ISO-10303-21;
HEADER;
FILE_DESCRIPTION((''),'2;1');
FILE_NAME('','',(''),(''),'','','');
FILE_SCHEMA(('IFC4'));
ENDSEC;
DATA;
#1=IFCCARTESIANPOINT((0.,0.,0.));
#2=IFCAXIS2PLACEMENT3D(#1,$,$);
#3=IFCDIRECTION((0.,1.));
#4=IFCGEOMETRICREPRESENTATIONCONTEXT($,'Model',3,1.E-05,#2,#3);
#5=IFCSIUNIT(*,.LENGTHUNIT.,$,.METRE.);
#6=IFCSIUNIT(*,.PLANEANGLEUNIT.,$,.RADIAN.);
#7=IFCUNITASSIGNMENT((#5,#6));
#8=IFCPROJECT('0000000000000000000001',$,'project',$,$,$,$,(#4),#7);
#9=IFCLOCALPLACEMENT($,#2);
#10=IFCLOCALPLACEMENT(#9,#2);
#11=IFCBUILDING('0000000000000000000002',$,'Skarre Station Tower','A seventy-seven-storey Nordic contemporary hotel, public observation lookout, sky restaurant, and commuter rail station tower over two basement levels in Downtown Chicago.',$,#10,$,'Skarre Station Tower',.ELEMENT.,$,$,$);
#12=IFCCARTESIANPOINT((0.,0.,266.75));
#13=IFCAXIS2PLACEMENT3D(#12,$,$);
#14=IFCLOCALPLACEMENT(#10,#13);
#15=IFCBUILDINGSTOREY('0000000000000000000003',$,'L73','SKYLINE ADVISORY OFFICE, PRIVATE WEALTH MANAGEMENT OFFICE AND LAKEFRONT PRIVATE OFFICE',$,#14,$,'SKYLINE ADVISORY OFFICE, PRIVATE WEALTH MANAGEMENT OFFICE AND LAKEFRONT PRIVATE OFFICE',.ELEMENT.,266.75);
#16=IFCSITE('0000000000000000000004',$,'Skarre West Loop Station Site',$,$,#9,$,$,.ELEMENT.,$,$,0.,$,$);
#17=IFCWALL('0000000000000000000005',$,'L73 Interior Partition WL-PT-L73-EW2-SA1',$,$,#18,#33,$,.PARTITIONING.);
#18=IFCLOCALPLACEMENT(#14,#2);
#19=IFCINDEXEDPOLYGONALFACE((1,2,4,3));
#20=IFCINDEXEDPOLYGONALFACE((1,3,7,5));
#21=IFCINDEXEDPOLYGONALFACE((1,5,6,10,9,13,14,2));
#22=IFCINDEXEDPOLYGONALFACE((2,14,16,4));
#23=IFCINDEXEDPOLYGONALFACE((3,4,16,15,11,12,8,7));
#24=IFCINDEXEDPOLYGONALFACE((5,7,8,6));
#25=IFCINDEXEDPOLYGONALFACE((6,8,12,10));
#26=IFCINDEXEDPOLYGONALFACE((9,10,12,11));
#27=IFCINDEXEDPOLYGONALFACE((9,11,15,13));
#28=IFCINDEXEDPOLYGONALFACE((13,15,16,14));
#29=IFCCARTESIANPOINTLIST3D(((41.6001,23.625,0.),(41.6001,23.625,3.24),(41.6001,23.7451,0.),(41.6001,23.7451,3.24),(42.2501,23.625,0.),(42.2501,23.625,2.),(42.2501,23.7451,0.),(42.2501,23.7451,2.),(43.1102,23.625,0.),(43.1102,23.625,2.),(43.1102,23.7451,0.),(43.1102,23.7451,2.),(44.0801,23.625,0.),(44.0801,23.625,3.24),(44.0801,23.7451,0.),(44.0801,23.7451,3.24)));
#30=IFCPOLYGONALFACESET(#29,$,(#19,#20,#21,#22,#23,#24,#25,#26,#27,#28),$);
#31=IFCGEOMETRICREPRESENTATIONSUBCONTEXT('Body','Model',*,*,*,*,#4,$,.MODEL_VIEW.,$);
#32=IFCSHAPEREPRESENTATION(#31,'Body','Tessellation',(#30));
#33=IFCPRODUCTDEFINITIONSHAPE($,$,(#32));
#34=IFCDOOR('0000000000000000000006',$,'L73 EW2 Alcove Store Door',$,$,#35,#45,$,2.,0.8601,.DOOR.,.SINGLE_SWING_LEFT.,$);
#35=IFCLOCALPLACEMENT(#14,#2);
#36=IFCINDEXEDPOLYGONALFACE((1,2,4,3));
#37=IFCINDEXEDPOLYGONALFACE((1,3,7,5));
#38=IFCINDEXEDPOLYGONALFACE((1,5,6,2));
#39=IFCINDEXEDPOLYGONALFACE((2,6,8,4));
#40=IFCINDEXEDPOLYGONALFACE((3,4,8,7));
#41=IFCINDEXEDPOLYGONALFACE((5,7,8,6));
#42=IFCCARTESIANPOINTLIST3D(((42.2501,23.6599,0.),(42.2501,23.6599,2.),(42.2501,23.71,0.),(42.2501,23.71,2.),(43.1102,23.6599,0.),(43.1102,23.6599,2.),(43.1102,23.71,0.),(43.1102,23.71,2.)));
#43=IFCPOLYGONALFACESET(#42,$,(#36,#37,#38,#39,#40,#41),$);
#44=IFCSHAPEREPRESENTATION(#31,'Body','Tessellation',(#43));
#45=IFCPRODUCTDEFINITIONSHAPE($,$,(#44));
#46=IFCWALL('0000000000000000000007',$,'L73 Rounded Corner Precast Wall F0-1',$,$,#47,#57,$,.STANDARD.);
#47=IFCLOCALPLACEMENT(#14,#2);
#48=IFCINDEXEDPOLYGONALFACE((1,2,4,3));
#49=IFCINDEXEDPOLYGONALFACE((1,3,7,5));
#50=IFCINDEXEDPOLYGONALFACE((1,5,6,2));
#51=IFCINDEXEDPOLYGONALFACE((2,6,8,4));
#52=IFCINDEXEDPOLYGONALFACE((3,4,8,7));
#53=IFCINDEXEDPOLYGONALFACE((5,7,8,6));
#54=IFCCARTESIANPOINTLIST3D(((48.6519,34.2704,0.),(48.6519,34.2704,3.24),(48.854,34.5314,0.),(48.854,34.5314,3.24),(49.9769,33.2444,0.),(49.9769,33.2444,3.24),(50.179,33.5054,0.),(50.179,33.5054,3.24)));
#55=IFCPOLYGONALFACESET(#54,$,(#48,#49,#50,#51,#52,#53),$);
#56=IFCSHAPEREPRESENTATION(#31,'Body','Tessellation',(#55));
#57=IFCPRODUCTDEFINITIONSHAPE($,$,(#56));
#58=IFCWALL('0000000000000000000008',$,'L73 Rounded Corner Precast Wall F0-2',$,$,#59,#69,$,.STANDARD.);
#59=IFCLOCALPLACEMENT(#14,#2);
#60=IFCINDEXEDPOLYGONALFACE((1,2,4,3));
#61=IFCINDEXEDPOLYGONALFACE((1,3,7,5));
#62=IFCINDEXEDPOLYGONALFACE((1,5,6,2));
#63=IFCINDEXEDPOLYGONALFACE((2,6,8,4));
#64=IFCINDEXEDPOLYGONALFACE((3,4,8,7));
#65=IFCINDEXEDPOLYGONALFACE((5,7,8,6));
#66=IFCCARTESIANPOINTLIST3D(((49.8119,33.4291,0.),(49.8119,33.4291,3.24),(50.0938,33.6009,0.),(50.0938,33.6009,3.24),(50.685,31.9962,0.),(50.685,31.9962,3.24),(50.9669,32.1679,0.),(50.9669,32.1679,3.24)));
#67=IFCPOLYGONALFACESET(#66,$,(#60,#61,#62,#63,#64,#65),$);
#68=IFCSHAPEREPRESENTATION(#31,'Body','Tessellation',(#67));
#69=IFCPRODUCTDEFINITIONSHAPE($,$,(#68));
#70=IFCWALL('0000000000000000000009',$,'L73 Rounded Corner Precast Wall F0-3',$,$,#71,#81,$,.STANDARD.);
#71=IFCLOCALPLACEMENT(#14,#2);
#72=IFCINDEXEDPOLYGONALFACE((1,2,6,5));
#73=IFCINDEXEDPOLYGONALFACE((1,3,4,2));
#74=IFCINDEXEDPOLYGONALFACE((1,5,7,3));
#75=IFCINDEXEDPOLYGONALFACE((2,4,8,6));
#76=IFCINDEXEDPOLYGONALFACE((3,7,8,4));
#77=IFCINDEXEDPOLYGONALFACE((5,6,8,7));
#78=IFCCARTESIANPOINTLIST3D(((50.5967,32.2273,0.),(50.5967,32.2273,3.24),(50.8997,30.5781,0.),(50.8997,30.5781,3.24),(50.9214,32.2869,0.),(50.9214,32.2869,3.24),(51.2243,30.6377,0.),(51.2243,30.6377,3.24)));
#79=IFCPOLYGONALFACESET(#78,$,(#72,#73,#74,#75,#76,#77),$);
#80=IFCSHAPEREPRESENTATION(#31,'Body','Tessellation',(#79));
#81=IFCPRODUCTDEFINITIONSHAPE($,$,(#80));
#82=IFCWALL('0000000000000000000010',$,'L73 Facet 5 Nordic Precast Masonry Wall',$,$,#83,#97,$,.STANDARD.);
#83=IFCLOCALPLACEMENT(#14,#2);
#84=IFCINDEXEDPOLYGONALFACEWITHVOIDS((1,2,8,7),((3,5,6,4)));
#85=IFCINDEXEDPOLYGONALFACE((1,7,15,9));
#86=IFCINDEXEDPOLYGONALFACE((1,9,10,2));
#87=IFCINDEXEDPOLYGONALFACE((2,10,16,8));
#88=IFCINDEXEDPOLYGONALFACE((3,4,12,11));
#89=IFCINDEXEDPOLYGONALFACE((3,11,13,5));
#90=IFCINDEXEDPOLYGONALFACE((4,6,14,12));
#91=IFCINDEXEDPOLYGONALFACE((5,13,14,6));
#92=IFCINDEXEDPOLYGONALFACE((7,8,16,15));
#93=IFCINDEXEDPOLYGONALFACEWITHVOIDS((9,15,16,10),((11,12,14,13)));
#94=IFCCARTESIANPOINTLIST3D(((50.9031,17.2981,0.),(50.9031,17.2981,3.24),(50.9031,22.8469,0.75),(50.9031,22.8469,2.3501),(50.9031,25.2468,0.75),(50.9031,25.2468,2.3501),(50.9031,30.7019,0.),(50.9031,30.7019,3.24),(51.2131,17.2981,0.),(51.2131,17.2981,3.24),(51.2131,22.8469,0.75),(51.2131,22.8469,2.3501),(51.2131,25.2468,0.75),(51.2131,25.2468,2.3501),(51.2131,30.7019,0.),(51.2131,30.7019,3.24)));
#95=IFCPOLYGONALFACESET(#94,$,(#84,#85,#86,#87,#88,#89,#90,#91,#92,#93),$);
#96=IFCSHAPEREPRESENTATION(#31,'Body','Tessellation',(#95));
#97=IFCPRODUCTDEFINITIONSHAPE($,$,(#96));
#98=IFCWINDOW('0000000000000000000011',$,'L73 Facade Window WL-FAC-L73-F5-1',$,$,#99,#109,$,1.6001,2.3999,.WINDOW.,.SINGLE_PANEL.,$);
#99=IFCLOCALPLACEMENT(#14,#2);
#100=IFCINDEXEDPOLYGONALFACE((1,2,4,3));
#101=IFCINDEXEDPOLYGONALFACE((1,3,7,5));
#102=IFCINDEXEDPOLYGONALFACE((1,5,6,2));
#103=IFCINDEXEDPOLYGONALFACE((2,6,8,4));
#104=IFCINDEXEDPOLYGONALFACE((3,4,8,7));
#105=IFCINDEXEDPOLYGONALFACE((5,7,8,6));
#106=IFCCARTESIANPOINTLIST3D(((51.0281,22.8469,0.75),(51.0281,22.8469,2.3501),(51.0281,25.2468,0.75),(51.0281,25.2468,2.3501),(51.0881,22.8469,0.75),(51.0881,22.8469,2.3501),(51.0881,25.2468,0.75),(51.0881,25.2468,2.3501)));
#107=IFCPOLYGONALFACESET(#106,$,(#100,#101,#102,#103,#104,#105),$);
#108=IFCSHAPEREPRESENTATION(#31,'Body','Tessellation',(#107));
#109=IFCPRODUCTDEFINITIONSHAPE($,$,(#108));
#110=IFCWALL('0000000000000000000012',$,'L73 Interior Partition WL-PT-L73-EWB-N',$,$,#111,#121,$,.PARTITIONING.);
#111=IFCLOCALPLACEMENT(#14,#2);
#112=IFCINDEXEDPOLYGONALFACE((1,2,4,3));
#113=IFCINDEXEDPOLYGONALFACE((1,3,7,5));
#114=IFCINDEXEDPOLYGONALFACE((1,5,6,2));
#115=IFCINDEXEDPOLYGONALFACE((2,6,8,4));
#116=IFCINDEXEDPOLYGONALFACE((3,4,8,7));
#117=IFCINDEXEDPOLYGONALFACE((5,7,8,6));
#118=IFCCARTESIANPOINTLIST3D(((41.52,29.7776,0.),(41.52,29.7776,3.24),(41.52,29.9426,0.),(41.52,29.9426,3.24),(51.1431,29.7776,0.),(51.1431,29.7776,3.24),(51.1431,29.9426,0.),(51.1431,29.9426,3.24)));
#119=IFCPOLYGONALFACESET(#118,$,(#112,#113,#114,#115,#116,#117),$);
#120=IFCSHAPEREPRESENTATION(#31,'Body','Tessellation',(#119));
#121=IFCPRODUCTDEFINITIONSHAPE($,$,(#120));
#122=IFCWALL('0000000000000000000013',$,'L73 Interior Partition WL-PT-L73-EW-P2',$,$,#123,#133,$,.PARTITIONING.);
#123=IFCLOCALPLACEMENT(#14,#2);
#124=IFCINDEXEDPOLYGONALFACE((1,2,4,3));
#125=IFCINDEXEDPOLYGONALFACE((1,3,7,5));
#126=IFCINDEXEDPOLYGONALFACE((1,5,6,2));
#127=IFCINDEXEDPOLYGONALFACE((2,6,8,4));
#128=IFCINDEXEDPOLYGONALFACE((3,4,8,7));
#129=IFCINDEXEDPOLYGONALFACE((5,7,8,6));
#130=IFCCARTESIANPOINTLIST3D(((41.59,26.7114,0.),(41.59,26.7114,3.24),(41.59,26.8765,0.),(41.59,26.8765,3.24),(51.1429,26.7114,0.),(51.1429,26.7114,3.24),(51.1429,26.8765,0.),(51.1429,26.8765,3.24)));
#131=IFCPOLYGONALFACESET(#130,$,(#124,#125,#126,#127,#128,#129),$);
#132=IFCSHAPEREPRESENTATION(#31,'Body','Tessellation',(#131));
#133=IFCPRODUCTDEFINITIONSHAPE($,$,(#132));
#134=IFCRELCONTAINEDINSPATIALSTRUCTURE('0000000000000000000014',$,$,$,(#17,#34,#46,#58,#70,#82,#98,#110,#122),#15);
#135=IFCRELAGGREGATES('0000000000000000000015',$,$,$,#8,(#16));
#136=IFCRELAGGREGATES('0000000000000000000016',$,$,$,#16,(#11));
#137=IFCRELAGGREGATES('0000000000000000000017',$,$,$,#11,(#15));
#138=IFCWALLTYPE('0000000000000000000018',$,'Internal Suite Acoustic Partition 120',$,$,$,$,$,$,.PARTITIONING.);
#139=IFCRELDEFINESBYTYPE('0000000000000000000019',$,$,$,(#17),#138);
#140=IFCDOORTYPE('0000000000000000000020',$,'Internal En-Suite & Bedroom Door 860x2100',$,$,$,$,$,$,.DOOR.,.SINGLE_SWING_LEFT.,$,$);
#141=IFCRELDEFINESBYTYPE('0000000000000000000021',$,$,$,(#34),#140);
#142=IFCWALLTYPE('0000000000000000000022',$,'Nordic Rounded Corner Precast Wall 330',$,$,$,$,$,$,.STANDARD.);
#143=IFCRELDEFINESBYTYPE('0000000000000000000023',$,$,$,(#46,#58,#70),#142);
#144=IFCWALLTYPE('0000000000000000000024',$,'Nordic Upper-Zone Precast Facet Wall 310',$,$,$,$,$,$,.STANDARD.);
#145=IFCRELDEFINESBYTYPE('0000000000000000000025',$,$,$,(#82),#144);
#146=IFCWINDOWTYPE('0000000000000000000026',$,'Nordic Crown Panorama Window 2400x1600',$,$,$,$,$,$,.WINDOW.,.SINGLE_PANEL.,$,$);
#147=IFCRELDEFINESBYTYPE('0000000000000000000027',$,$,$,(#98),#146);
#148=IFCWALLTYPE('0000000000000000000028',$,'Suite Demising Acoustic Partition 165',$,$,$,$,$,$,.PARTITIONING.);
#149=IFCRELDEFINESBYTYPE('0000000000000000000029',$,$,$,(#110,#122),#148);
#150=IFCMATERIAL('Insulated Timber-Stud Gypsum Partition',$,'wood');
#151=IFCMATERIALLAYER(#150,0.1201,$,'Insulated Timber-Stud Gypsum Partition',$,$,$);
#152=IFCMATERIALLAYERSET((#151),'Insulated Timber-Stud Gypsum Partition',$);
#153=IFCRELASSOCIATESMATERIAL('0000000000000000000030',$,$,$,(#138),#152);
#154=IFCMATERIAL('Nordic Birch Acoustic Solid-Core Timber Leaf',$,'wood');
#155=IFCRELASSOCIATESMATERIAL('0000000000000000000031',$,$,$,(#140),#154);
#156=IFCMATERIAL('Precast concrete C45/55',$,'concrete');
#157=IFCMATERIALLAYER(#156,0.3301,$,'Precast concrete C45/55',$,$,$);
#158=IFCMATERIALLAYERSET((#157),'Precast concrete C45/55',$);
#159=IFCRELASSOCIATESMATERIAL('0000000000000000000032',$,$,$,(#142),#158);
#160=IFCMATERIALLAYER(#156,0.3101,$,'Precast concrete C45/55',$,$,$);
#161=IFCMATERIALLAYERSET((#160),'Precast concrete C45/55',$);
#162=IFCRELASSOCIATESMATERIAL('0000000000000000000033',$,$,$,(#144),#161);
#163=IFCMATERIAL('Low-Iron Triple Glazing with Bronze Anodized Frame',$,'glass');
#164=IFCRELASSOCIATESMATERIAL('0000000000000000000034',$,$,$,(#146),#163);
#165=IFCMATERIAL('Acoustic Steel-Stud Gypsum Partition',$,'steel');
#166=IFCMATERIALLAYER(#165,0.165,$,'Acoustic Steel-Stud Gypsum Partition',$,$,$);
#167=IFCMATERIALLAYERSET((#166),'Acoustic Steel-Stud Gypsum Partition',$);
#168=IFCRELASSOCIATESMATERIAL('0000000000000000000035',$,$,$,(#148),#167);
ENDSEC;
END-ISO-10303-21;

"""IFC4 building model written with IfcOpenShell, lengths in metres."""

from ifc_helpers import new_model, si_unit, direction, frame, frame_2d, origin, place, context, subcontext, project, spatial, rectangle, extrude, material, layer, layer_set, type_object, element, fill, save


model = new_model("IFC4")

# Units and contexts
model_context = context("Model", 3, precision=1e-05, world=origin(), true_north=direction((0.0, 1.0)))
body_context = subcontext(model_context, "Body", "Model", "MODEL_VIEW")
ifc_project = project(units=[si_unit("LENGTHUNIT", "METRE"), si_unit("PLANEANGLEUNIT", "RADIAN")], contexts=[model_context])

# Site, building, storey
site_placement = place(None, origin())
site = spatial("IfcSite", under=ifc_project, at=site_placement, Name="Skarre West Loop Station Site", CompositionType="ELEMENT", RefElevation=0.0)
building_placement = place(site_placement, origin())
building = spatial("IfcBuilding", under=site, at=building_placement, Name="Skarre Station Tower", Description="A seventy-seven-storey Nordic contemporary hotel, public observation lookout, sky restaurant, and commuter rail station tower over two basement levels in Downtown Chicago.", LongName="Skarre Station Tower", CompositionType="ELEMENT")
storey_placement = place(building_placement, frame((0.0, 0.0, 266.75)))
storey = spatial("IfcBuildingStorey", under=building, at=storey_placement, Name="L73", Description="SKYLINE ADVISORY OFFICE, PRIVATE WEALTH MANAGEMENT OFFICE AND LAKEFRONT PRIVATE OFFICE", LongName="SKYLINE ADVISORY OFFICE, PRIVATE WEALTH MANAGEMENT OFFICE AND LAKEFRONT PRIVATE OFFICE", CompositionType="ELEMENT", Elevation=266.75)

# Shared definitions
ifc_material_1 = material(Name="Acoustic Steel-Stud Gypsum Partition", Category="steel")

# Wall, opening, door
ifc_material_2 = material(Name="Insulated Timber-Stud Gypsum Partition", Category="wood")
ifc_layer_1 = layer(ifc_material_2, 0.1201, Name="Insulated Timber-Stud Gypsum Partition")
ifc_layer_set_1 = layer_set([ifc_layer_1], Name="Insulated Timber-Stud Gypsum Partition")
wall_type_1 = type_object("IfcWallType", Name="Internal Suite Acoustic Partition 120", PredefinedType="PARTITIONING", material=ifc_layer_set_1)
wall_1_placement = place(storey_placement, frame((41.6001, 23.6851, 0.0), z_axis=(0.0, 0.0, 1.0), x_axis=(1.0, 0.0, 0.0)))
wall_1 = element("IfcWall", 1, at=wall_1_placement, inside=storey, type_object=wall_type_1, Name="L73 Interior Partition WL-PT-L73-EW2-SA1", PredefinedType="PARTITIONING", context=body_context, shape_type="SweptSolid", body=[
    extrude(rectangle(XDim=2.48, YDim=0.1201, at=frame_2d((1.24, 0.0))), origin(), (0.0, 0.0, 1.0), 3.24),
])
opening_1_placement = place(wall_1_placement, frame((0.6499, 0.0, 0.0)))
opening_1 = element("IfcOpeningElement", 2, at=opening_1_placement, cuts=wall_1, PredefinedType="OPENING", context=body_context, shape_type="SweptSolid", body=[
    extrude(rectangle(XDim=0.8601, YDim=2.0, at=frame_2d((0.4302, 1.0))), frame((0.0, 0.0701, 0.0), z_axis=(0.0, -1.0, 0.0), x_axis=(1.0, 0.0, 0.0)), (0.0, 0.0, 1.0), 0.1401),
])
ifc_material_3 = material(Name="Nordic Birch Acoustic Solid-Core Timber Leaf", Category="wood")
door_type_1 = type_object("IfcDoorType", Name="Internal En-Suite & Bedroom Door 860x2100", OperationType="SINGLE_SWING_LEFT", PredefinedType="DOOR", material=ifc_material_3)
door_1_placement = place(opening_1_placement, origin())
door_1 = element("IfcDoor", 3, at=door_1_placement, inside=storey, type_object=door_type_1, Name="L73 EW2 Alcove Store Door", OperationType="SINGLE_SWING_LEFT", OverallHeight=2.0, OverallWidth=0.8601, PredefinedType="DOOR", context=body_context, shape_type="SweptSolid", body=[
    extrude(rectangle(XDim=0.8601, YDim=2.0, at=frame_2d((0.4302, 1.0))), frame((0.0, 0.0249, 0.0), z_axis=(0.0, -1.0, 0.0), x_axis=(1.0, 0.0, 0.0)), (0.0, 0.0, 1.0), 0.05),
])
fill(opening_1, door_1)

# Walls
ifc_material_4 = material(Name="Precast concrete C45/55", Category="concrete")
ifc_layer_2 = layer(ifc_material_4, 0.3301, Name="Precast concrete C45/55")
ifc_layer_set_2 = layer_set([ifc_layer_2], Name="Precast concrete C45/55")
wall_type_2 = type_object("IfcWallType", Name="Nordic Rounded Corner Precast Wall 330", PredefinedType="STANDARD", material=ifc_layer_set_2)
wall_2_placement = place(storey_placement, frame((48.7529, 34.4009, 0.0), z_axis=(0.0, 0.0, 1.0), x_axis=(0.790692, -0.612214, 0.0)))
element("IfcWall", 4, at=wall_2_placement, inside=storey, type_object=wall_type_2, Name="L73 Rounded Corner Precast Wall F0-1", PredefinedType="STANDARD", context=body_context, shape_type="SweptSolid", body=[
    extrude(rectangle(XDim=1.6758, YDim=0.3301, at=frame_2d((0.8379, 0.0))), origin(), (0.0, 0.0, 1.0), 3.24),
])
wall_3_placement = place(storey_placement, frame((49.9529, 33.5149, 0.0), z_axis=(0.0, 0.0, 1.0), x_axis=(0.520325, -0.853968, 0.0)))
element("IfcWall", 5, at=wall_3_placement, inside=storey, type_object=wall_type_2, Name="L73 Rounded Corner Precast Wall F0-2", PredefinedType="STANDARD", context=body_context, shape_type="SweptSolid", body=[
    extrude(rectangle(XDim=1.678, YDim=0.3301, at=frame_2d((0.8389, 0.0))), origin(), (0.0, 0.0, 1.0), 3.24),
])
wall_4_placement = place(storey_placement, frame((50.759, 32.2571, 0.0), z_axis=(0.0, 0.0, 1.0), x_axis=(0.180692, -0.98354, 0.0)))
element("IfcWall", 6, at=wall_4_placement, inside=storey, type_object=wall_type_2, Name="L73 Rounded Corner Precast Wall F0-3", PredefinedType="STANDARD", context=body_context, shape_type="SweptSolid", body=[
    extrude(rectangle(XDim=1.6768, YDim=0.3301, at=frame_2d((0.8384, 0.0))), origin(), (0.0, 0.0, 1.0), 3.24),
])

# Wall, opening, window
ifc_layer_3 = layer(ifc_material_4, 0.3101, Name="Precast concrete C45/55")
ifc_layer_set_3 = layer_set([ifc_layer_3], Name="Precast concrete C45/55")
wall_type_3 = type_object("IfcWallType", Name="Nordic Upper-Zone Precast Facet Wall 310", PredefinedType="STANDARD", material=ifc_layer_set_3)
wall_5_placement = place(storey_placement, frame((51.0581, 30.7019, 0.0), z_axis=(0.0, 0.0, 1.0), x_axis=(0.0, -1.0, 0.0)))
wall_5 = element("IfcWall", 7, at=wall_5_placement, inside=storey, type_object=wall_type_3, Name="L73 Facet 5 Nordic Precast Masonry Wall", PredefinedType="STANDARD", context=body_context, shape_type="SweptSolid", body=[
    extrude(rectangle(XDim=13.4038, YDim=0.3101, at=frame_2d((6.7019, 0.0))), origin(), (0.0, 0.0, 1.0), 3.24),
])
opening_2_placement = place(wall_5_placement, frame((5.4551, 0.0, 0.75)))
opening_2 = element("IfcOpeningElement", 8, at=opening_2_placement, cuts=wall_5, PredefinedType="OPENING", context=body_context, shape_type="SweptSolid", body=[
    extrude(rectangle(XDim=2.3999, YDim=1.6001, at=frame_2d((1.2, 0.8))), frame((0.0, 0.165, 0.0), z_axis=(0.0, -1.0, 0.0), x_axis=(1.0, 0.0, 0.0)), (0.0, 0.0, 1.0), 0.3301),
])
ifc_material_5 = material(Name="Low-Iron Triple Glazing with Bronze Anodized Frame", Category="glass")
window_type = type_object("IfcWindowType", Name="Nordic Crown Panorama Window 2400x1600", PartitioningType="SINGLE_PANEL", PredefinedType="WINDOW", material=ifc_material_5)
window_placement = place(opening_2_placement, origin())
window = element("IfcWindow", 9, at=window_placement, inside=storey, type_object=window_type, Name="L73 Facade Window WL-FAC-L73-F5-1", OverallHeight=1.6001, OverallWidth=2.3999, PartitioningType="SINGLE_PANEL", PredefinedType="WINDOW", context=body_context, shape_type="SweptSolid", body=[
    extrude(rectangle(XDim=2.3999, YDim=1.6001, at=frame_2d((1.2, 0.8))), frame((0.0, 0.03, 0.0), z_axis=(0.0, -1.0, 0.0), x_axis=(1.0, 0.0, 0.0)), (0.0, 0.0, 1.0), 0.0601),
])
fill(opening_2, window)

# Walls
ifc_layer_4 = layer(ifc_material_1, 0.165, Name="Acoustic Steel-Stud Gypsum Partition")
ifc_layer_set_4 = layer_set([ifc_layer_4], Name="Acoustic Steel-Stud Gypsum Partition")
wall_type_4 = type_object("IfcWallType", Name="Suite Demising Acoustic Partition 165", PredefinedType="PARTITIONING", material=ifc_layer_set_4)
wall_6_placement = place(storey_placement, frame((41.52, 29.8601, 0.0), z_axis=(0.0, 0.0, 1.0), x_axis=(1.0, 0.0, 0.0)))
element("IfcWall", 10, at=wall_6_placement, inside=storey, type_object=wall_type_4, Name="L73 Interior Partition WL-PT-L73-EWB-N", PredefinedType="PARTITIONING", context=body_context, shape_type="SweptSolid", body=[
    extrude(rectangle(XDim=9.623, YDim=0.165, at=frame_2d((4.8115, 0.0))), origin(), (0.0, 0.0, 1.0), 3.24),
])
wall_7_placement = place(storey_placement, frame((41.5901, 26.7939, 0.0), z_axis=(0.0, 0.0, 1.0), x_axis=(1.0, 0.0, 0.0)))
element("IfcWall", 11, at=wall_7_placement, inside=storey, type_object=wall_type_4, Name="L73 Interior Partition WL-PT-L73-EW-P2", PredefinedType="PARTITIONING", context=body_context, shape_type="SweptSolid", body=[
    extrude(rectangle(XDim=9.553, YDim=0.165, at=frame_2d((4.7764, 0.0))), origin(), (0.0, 0.0, 1.0), 3.24),
])

save(model, "model.ifc")
